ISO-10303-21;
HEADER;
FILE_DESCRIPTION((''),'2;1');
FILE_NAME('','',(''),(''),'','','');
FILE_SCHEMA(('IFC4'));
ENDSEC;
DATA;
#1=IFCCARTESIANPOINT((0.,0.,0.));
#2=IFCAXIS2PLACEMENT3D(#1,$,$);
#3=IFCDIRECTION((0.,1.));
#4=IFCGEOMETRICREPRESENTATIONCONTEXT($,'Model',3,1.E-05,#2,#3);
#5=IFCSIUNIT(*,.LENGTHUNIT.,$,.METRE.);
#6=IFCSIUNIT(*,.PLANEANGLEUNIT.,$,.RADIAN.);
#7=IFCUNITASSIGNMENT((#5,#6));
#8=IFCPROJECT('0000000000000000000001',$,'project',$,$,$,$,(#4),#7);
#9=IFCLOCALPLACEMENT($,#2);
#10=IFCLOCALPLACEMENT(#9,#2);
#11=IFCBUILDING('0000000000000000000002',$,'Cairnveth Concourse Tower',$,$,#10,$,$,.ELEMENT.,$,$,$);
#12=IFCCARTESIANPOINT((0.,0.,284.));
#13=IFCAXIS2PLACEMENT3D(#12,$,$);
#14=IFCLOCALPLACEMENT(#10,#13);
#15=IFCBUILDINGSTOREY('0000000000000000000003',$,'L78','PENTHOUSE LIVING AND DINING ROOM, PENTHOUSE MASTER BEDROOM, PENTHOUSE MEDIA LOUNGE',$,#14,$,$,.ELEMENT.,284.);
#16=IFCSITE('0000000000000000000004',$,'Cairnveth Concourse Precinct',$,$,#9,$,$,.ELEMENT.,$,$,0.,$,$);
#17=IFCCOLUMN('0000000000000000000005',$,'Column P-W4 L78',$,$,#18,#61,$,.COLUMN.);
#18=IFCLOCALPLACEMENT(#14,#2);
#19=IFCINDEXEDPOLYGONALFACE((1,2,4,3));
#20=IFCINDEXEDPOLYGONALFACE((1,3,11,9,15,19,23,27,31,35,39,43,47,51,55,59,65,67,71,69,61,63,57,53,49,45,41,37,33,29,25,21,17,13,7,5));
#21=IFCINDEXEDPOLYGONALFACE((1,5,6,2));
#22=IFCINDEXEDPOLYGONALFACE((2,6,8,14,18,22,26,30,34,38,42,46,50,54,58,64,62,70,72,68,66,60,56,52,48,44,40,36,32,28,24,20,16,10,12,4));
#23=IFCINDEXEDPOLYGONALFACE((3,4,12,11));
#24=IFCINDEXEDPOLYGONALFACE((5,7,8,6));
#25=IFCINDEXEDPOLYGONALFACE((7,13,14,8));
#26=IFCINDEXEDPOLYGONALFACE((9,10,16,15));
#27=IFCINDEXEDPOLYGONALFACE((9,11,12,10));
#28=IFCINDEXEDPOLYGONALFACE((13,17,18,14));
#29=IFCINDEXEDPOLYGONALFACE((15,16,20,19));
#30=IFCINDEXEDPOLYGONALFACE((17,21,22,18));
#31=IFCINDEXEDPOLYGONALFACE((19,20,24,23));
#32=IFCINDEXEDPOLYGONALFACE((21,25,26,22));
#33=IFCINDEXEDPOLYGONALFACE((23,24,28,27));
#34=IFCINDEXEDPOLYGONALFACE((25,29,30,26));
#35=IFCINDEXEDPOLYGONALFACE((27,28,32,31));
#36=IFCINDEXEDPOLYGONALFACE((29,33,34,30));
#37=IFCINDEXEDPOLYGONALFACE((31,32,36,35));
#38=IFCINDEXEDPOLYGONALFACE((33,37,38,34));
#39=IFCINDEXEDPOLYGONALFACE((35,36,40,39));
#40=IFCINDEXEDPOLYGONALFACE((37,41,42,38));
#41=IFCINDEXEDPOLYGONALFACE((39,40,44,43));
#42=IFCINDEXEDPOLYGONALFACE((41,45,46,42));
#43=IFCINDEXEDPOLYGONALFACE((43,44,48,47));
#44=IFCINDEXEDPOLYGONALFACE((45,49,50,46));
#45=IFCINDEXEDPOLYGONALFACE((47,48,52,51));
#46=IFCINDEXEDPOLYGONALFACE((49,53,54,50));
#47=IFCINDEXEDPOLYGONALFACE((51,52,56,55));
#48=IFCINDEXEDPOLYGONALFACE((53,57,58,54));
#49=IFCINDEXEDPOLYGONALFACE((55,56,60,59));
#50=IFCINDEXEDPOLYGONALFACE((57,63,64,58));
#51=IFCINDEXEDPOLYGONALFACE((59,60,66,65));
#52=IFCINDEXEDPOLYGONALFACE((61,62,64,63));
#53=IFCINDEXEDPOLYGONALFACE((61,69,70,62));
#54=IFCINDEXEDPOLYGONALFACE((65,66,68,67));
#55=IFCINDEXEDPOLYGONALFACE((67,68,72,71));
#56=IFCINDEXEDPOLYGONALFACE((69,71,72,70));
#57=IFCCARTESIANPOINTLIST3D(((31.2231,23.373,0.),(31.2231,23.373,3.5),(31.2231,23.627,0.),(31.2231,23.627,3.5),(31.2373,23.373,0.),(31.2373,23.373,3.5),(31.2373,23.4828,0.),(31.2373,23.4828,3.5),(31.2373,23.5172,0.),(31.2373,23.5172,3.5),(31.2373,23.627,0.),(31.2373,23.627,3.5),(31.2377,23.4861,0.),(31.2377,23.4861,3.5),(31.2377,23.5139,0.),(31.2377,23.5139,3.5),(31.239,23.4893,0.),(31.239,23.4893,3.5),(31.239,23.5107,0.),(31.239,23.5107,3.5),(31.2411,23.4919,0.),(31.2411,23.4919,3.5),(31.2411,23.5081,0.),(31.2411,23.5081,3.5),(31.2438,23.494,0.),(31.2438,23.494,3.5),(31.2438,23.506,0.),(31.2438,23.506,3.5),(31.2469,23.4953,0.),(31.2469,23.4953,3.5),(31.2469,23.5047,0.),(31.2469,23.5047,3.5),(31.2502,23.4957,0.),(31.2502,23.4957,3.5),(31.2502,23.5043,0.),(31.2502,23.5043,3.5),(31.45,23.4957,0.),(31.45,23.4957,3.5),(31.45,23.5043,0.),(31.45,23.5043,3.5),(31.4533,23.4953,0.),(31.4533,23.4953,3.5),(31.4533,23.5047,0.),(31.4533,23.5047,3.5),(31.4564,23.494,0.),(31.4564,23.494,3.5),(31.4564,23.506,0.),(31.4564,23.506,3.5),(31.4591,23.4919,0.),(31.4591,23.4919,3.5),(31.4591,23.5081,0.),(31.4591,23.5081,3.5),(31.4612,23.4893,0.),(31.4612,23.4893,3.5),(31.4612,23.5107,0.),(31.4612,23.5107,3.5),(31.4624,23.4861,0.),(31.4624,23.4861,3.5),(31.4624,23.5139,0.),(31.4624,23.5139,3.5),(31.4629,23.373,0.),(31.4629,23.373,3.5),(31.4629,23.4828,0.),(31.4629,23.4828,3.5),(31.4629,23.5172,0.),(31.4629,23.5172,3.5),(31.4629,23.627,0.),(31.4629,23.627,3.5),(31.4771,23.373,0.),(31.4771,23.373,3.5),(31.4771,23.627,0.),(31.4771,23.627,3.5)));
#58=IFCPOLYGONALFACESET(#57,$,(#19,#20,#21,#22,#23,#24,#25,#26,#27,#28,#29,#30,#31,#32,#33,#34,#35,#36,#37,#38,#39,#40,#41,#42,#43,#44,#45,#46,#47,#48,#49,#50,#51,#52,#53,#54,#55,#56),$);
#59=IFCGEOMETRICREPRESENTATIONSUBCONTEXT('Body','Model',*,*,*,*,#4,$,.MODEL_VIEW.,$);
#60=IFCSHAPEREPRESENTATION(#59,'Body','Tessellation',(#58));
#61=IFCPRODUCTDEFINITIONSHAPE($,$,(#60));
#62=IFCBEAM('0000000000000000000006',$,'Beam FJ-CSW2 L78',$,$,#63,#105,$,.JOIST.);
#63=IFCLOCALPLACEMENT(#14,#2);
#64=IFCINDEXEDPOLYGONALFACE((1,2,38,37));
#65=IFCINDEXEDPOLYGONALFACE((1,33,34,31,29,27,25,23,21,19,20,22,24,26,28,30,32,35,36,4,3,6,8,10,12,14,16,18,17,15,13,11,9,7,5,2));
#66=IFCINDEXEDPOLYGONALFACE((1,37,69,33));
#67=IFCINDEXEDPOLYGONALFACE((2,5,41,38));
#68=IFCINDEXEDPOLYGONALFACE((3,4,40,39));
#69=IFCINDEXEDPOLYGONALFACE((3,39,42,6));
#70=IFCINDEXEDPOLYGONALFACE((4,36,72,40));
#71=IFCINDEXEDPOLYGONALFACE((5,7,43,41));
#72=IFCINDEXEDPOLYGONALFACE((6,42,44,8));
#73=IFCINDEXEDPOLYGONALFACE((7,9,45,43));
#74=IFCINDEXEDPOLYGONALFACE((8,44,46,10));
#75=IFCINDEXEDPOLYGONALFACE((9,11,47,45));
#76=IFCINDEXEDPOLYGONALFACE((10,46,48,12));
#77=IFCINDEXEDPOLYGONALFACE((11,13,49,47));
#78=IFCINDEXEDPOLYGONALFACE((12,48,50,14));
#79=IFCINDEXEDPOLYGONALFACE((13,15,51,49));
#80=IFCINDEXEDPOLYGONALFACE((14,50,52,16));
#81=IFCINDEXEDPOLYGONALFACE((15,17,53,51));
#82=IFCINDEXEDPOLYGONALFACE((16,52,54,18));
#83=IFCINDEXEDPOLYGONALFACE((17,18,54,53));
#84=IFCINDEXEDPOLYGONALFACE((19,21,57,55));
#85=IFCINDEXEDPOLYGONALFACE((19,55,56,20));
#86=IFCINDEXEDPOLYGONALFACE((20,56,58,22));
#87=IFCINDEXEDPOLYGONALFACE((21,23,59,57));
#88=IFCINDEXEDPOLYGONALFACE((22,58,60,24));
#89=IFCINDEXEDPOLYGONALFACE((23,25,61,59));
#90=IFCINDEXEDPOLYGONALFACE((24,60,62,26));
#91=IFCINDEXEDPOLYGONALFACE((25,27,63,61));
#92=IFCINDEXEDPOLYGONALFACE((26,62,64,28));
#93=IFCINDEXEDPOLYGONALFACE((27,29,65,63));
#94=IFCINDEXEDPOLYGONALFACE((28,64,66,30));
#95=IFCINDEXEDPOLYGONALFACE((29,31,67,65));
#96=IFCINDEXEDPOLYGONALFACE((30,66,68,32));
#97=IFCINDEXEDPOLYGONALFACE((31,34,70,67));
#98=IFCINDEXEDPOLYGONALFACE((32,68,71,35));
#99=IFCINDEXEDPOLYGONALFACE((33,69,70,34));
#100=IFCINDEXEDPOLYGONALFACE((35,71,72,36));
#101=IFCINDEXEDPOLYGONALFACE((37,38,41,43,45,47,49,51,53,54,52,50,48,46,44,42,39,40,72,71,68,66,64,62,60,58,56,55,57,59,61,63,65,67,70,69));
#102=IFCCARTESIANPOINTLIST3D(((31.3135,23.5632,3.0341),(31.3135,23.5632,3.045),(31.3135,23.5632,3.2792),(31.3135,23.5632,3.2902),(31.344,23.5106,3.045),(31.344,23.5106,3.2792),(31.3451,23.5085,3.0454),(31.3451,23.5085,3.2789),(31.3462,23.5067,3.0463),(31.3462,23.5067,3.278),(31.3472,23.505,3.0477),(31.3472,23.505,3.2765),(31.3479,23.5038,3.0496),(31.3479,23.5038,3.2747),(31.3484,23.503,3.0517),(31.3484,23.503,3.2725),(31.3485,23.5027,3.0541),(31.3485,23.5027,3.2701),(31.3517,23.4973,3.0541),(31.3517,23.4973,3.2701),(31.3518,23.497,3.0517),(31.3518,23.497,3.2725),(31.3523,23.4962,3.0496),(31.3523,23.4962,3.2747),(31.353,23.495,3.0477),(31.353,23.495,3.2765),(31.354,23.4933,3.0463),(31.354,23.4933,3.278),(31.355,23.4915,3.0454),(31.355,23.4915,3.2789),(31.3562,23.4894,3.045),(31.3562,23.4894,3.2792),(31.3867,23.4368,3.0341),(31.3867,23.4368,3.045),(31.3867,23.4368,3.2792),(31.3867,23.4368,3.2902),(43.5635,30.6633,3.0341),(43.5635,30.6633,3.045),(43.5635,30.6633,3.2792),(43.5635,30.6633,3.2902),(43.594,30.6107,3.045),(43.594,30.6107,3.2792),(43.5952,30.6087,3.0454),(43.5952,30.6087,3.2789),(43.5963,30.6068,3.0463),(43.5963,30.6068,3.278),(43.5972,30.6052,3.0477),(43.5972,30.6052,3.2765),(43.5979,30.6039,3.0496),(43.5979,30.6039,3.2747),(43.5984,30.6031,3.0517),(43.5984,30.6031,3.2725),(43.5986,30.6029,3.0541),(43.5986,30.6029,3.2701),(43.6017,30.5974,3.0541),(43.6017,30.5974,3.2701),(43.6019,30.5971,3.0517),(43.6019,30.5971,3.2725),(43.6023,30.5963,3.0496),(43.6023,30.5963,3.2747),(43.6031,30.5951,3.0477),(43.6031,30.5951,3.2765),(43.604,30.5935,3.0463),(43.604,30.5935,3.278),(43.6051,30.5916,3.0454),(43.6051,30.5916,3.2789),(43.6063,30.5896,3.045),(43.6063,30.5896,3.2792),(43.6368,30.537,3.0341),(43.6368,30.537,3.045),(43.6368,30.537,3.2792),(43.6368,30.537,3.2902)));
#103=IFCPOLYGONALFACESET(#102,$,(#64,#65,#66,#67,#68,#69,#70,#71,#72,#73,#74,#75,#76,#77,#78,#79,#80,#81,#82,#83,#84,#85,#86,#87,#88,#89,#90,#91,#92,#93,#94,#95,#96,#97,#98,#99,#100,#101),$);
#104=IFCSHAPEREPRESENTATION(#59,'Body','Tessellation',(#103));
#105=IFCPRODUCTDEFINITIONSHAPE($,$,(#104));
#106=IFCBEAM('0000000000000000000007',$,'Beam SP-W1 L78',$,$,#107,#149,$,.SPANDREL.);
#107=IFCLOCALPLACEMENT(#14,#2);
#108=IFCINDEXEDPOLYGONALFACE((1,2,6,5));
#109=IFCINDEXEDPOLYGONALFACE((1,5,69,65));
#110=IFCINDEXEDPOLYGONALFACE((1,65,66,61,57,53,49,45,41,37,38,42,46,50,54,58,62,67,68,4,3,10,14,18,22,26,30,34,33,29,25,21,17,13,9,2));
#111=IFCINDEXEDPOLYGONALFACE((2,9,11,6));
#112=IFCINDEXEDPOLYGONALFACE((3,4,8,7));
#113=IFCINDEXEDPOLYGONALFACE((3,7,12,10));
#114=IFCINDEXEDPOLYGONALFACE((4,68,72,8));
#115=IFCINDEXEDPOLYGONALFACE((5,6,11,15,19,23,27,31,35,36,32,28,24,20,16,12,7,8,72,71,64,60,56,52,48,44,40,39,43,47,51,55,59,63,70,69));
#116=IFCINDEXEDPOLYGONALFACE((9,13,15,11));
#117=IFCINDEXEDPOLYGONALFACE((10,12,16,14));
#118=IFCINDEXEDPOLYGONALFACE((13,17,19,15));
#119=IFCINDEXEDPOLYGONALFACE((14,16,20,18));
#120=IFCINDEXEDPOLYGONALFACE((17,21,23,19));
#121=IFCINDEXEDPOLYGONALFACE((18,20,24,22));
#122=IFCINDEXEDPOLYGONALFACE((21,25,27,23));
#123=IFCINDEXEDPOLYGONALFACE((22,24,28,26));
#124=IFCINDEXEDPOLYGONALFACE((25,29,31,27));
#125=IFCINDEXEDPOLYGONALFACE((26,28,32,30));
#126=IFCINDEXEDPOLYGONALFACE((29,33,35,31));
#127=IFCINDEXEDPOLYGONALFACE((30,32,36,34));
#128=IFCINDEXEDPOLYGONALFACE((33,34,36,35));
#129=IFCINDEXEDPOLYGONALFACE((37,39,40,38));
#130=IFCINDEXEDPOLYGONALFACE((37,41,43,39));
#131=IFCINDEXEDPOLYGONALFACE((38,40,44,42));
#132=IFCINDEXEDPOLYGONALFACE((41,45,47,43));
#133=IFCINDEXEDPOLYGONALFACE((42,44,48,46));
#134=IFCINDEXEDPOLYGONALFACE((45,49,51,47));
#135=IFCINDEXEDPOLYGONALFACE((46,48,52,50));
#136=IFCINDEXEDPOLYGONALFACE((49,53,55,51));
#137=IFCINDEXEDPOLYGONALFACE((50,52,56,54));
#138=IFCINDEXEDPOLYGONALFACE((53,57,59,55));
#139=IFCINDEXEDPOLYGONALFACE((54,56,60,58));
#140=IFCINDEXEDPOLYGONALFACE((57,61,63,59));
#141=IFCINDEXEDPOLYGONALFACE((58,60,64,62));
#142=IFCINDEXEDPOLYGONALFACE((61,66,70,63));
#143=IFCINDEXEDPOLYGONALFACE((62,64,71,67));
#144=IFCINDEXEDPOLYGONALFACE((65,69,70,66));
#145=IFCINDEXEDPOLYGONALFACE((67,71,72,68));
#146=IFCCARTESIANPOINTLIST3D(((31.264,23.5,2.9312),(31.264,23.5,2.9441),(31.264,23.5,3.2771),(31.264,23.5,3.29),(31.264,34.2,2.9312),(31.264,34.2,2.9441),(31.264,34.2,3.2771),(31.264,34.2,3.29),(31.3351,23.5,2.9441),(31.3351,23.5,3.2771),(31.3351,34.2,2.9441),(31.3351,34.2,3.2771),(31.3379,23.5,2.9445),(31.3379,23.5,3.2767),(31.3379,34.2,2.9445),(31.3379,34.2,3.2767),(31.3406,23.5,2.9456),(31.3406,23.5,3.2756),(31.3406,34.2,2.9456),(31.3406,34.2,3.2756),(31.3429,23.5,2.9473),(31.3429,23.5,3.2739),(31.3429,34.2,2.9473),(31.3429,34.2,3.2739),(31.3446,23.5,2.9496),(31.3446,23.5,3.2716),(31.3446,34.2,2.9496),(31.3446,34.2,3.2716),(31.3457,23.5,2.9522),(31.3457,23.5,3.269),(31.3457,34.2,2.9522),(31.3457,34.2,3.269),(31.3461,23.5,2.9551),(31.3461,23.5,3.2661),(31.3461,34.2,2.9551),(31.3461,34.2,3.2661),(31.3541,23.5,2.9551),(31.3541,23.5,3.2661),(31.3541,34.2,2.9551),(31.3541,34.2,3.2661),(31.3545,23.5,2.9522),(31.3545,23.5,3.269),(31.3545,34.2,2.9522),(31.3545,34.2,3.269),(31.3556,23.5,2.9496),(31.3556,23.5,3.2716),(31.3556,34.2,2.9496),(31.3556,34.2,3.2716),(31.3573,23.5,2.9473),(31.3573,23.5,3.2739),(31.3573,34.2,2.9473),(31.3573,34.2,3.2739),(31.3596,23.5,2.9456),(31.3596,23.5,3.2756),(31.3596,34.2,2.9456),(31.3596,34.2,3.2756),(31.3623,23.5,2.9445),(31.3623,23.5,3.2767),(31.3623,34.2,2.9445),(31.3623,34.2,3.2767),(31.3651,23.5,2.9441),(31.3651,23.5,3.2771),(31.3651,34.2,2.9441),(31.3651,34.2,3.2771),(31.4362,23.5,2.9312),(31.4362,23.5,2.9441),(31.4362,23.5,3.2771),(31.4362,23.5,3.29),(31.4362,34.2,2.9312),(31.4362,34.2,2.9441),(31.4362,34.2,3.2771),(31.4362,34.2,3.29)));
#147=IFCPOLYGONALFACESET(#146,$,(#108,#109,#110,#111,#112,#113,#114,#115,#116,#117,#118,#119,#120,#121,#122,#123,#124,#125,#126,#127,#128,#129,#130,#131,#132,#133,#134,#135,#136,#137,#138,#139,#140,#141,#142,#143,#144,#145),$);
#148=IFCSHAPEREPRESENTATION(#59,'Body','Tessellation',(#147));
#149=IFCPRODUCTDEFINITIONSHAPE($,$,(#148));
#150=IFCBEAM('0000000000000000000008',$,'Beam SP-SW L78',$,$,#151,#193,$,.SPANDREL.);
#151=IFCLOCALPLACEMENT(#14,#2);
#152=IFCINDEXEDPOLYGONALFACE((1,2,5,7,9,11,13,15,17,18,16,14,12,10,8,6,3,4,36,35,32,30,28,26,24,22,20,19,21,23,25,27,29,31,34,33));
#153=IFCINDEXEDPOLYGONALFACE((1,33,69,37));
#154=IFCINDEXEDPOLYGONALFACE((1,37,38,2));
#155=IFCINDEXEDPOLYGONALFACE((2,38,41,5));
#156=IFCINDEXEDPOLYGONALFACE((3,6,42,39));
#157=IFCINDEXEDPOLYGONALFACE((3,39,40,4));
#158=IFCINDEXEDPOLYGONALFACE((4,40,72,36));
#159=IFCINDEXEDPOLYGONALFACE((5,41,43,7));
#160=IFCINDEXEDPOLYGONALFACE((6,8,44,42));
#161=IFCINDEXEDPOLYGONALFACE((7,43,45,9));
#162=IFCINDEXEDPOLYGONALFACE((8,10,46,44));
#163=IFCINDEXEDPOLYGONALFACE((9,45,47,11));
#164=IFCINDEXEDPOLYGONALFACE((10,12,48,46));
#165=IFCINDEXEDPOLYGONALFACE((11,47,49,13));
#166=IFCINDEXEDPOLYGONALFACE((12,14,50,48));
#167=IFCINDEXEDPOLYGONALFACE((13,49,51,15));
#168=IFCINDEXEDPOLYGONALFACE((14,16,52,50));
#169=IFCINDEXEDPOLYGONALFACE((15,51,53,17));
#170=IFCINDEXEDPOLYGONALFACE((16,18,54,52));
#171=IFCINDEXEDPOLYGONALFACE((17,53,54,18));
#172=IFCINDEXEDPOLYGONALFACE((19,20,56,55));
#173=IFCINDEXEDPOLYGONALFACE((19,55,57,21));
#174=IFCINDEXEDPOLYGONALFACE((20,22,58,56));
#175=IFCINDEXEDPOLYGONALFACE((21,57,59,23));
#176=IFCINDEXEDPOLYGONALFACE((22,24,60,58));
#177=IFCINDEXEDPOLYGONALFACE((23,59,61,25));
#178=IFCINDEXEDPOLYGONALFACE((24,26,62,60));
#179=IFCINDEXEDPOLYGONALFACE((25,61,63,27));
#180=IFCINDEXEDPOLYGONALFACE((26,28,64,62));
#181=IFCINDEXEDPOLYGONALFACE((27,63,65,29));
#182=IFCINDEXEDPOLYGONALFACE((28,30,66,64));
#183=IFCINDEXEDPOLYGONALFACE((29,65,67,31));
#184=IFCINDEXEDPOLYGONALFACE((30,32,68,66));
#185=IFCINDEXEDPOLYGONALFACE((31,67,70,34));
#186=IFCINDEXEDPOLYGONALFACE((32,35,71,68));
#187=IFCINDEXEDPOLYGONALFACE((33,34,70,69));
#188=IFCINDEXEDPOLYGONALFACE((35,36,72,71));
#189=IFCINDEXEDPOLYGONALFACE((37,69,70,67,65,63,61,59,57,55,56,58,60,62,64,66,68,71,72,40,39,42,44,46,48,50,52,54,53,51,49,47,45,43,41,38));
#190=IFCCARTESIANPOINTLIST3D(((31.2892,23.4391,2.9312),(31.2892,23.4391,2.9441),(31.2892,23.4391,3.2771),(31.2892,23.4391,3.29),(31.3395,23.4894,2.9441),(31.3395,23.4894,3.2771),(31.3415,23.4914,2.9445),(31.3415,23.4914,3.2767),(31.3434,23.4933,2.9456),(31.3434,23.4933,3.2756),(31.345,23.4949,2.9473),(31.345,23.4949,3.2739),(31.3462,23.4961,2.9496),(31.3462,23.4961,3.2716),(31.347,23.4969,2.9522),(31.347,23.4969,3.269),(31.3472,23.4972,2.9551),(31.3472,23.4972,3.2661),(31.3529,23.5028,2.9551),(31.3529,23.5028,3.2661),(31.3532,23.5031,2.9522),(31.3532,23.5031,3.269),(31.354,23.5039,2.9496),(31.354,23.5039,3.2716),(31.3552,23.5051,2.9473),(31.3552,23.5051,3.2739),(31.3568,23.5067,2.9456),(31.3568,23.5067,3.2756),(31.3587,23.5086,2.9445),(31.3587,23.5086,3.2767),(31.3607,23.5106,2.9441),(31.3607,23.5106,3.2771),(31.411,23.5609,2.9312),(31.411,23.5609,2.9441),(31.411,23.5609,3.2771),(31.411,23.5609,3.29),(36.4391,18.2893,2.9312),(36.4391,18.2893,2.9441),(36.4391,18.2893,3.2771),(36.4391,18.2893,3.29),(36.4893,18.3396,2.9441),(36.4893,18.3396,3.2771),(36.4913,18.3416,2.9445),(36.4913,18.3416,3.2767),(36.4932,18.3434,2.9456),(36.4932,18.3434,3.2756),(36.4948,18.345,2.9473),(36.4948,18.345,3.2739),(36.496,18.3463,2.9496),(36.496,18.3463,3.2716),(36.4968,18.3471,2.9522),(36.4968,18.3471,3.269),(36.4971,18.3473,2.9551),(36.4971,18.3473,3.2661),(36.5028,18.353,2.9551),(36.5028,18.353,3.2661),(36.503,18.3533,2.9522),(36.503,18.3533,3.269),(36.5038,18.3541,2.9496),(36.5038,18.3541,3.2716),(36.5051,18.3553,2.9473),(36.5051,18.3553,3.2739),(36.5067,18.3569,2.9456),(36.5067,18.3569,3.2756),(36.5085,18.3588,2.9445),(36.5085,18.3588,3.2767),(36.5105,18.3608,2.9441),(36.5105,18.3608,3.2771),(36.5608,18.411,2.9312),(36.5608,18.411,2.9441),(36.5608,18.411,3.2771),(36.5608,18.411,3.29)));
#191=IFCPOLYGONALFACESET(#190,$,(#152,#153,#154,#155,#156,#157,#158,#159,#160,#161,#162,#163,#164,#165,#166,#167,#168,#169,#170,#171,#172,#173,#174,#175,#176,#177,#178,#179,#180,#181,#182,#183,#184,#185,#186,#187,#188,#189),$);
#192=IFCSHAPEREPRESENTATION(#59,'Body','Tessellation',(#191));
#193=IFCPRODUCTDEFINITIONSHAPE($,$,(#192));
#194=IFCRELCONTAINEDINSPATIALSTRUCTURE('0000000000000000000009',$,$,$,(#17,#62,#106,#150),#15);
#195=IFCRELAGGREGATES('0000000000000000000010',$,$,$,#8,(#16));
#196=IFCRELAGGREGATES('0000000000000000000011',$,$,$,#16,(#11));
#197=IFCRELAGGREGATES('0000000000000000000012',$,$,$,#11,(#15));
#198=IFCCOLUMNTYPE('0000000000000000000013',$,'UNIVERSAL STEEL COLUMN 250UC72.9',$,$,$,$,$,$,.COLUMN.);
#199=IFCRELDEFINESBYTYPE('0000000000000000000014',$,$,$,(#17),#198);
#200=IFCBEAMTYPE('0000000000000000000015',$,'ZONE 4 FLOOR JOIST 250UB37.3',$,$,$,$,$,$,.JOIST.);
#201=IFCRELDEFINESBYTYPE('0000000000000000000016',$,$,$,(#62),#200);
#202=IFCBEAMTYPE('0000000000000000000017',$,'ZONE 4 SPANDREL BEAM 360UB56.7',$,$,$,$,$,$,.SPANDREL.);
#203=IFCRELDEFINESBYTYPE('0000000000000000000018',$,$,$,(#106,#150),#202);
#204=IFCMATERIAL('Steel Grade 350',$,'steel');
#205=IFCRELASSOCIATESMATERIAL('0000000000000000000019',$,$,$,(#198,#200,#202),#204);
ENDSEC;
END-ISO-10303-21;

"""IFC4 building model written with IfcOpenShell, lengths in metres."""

from ifc_helpers import new_model, si_unit, direction, frame, origin, origin_2d, place, context, subcontext, project, spatial, i_section, extrude, material, material_profile, profile_set, type_object, element, save


model = new_model("IFC4")

# Units and contexts
model_context = context("Model", 3, precision=1e-05, world=origin(), true_north=direction((0.0, 1.0)))
body_context = subcontext(model_context, "Body", "Model", "MODEL_VIEW")
ifc_project = project(units=[si_unit("LENGTHUNIT", "METRE"), si_unit("PLANEANGLEUNIT", "RADIAN")], contexts=[model_context])

# Site, building, storey
site_placement = place(None, origin())
site = spatial("IfcSite", under=ifc_project, at=site_placement, Name="Cairnveth Concourse Precinct", CompositionType="ELEMENT", RefElevation=0.0)
building_placement = place(site_placement, origin())
building = spatial("IfcBuilding", under=site, at=building_placement, Name="Cairnveth Concourse Tower", CompositionType="ELEMENT")
storey_placement = place(building_placement, frame((0.0, 0.0, 284.0)))
storey = spatial("IfcBuildingStorey", under=building, at=storey_placement, Name="L78", Description="PENTHOUSE LIVING AND DINING ROOM, PENTHOUSE MASTER BEDROOM, PENTHOUSE MEDIA LOUNGE", CompositionType="ELEMENT", Elevation=284.0)

# Column
ifc_material_1 = material(Name="Steel Grade 350", Category="steel")
ifc_material_profile_1 = material_profile(ifc_material_1, i_section(OverallWidth=0.2539, OverallDepth=0.2539, WebThickness=0.0085, FlangeThickness=0.0142, FilletRadius=0.0129, at=origin_2d()), Name="250UC72.9")
ifc_profile_set_1 = profile_set([ifc_material_profile_1], Name="Steel Grade 350")
column_type = type_object("IfcColumnType", Name="UNIVERSAL STEEL COLUMN 250UC72.9", PredefinedType="COLUMN", material=ifc_profile_set_1)
column_placement = place(storey_placement, frame((31.3501, 23.5, 0.0), z_axis=(0.0, 0.0, 1.0), x_axis=(0.0, 1.0, 0.0)))
element("IfcColumn", 1, at=column_placement, inside=storey, type_object=column_type, Name="Column P-W4 L78", PredefinedType="COLUMN", context=body_context, shape_type="SweptSolid", body=[
    extrude(i_section(OverallWidth=0.2539, OverallDepth=0.2539, WebThickness=0.0085, FlangeThickness=0.0142, FilletRadius=0.0129, at=origin_2d()), origin(), (0.0, 0.0, 1.0), 3.5),
])

# Beams
ifc_material_profile_2 = material_profile(ifc_material_1, i_section(OverallWidth=0.146, OverallDepth=0.2561, WebThickness=0.0063, FlangeThickness=0.011, FilletRadius=0.009, at=origin_2d()), Name="250UB37.3")
ifc_profile_set_2 = profile_set([ifc_material_profile_2], Name="Steel Grade 350")
beam_type_1 = type_object("IfcBeamType", Name="ZONE 4 FLOOR JOIST 250UB37.3", PredefinedType="JOIST", material=ifc_profile_set_2)
beam_1_placement = place(storey_placement, frame((31.3501, 23.5, 3.1621), z_axis=(0.865181, 0.501459, 0.0), x_axis=(-0.501459, 0.865181, 0.0)))
element("IfcBeam", 2, at=beam_1_placement, inside=storey, type_object=beam_type_1, Name="Beam FJ-CSW2 L78", PredefinedType="JOIST", context=body_context, shape_type="SweptSolid", body=[
    extrude(i_section(OverallWidth=0.146, OverallDepth=0.2561, WebThickness=0.0063, FlangeThickness=0.011, FilletRadius=0.009, at=origin_2d()), origin(), (0.0, 0.0, 1.0), 14.1589),
])
ifc_material_profile_3 = material_profile(ifc_material_1, i_section(OverallWidth=0.1721, OverallDepth=0.3589, WebThickness=0.0081, FlangeThickness=0.0129, FilletRadius=0.011, at=origin_2d()), Name="360UB56.7")
ifc_profile_set_3 = profile_set([ifc_material_profile_3], Name="Steel Grade 350")
beam_type_2 = type_object("IfcBeamType", Name="ZONE 4 SPANDREL BEAM 360UB56.7", PredefinedType="SPANDREL", material=ifc_profile_set_3)
beam_2_placement = place(storey_placement, frame((31.3501, 23.5, 3.1106), z_axis=(0.0, 1.0, 0.0), x_axis=(-1.0, 0.0, 0.0)))
element("IfcBeam", 3, at=beam_2_placement, inside=storey, type_object=beam_type_2, Name="Beam SP-W1 L78", PredefinedType="SPANDREL", context=body_context, shape_type="SweptSolid", body=[
    extrude(i_section(OverallWidth=0.1721, OverallDepth=0.3589, WebThickness=0.0081, FlangeThickness=0.0129, FilletRadius=0.011, at=origin_2d()), origin(), (0.0, 0.0, 1.0), 10.7),
])
beam_3_placement = place(storey_placement, frame((31.3501, 23.5, 3.1106), z_axis=(0.707107, -0.707107, 0.0), x_axis=(0.707107, 0.707107, 0.0)))
element("IfcBeam", 4, at=beam_3_placement, inside=storey, type_object=beam_type_2, Name="Beam SP-SW L78", PredefinedType="SPANDREL", context=body_context, shape_type="SweptSolid", body=[
    extrude(i_section(OverallWidth=0.1721, OverallDepth=0.3589, WebThickness=0.0081, FlangeThickness=0.0129, FilletRadius=0.011, at=origin_2d()), origin(), (0.0, 0.0, 1.0), 7.283),
])

save(model, "model.ifc")
